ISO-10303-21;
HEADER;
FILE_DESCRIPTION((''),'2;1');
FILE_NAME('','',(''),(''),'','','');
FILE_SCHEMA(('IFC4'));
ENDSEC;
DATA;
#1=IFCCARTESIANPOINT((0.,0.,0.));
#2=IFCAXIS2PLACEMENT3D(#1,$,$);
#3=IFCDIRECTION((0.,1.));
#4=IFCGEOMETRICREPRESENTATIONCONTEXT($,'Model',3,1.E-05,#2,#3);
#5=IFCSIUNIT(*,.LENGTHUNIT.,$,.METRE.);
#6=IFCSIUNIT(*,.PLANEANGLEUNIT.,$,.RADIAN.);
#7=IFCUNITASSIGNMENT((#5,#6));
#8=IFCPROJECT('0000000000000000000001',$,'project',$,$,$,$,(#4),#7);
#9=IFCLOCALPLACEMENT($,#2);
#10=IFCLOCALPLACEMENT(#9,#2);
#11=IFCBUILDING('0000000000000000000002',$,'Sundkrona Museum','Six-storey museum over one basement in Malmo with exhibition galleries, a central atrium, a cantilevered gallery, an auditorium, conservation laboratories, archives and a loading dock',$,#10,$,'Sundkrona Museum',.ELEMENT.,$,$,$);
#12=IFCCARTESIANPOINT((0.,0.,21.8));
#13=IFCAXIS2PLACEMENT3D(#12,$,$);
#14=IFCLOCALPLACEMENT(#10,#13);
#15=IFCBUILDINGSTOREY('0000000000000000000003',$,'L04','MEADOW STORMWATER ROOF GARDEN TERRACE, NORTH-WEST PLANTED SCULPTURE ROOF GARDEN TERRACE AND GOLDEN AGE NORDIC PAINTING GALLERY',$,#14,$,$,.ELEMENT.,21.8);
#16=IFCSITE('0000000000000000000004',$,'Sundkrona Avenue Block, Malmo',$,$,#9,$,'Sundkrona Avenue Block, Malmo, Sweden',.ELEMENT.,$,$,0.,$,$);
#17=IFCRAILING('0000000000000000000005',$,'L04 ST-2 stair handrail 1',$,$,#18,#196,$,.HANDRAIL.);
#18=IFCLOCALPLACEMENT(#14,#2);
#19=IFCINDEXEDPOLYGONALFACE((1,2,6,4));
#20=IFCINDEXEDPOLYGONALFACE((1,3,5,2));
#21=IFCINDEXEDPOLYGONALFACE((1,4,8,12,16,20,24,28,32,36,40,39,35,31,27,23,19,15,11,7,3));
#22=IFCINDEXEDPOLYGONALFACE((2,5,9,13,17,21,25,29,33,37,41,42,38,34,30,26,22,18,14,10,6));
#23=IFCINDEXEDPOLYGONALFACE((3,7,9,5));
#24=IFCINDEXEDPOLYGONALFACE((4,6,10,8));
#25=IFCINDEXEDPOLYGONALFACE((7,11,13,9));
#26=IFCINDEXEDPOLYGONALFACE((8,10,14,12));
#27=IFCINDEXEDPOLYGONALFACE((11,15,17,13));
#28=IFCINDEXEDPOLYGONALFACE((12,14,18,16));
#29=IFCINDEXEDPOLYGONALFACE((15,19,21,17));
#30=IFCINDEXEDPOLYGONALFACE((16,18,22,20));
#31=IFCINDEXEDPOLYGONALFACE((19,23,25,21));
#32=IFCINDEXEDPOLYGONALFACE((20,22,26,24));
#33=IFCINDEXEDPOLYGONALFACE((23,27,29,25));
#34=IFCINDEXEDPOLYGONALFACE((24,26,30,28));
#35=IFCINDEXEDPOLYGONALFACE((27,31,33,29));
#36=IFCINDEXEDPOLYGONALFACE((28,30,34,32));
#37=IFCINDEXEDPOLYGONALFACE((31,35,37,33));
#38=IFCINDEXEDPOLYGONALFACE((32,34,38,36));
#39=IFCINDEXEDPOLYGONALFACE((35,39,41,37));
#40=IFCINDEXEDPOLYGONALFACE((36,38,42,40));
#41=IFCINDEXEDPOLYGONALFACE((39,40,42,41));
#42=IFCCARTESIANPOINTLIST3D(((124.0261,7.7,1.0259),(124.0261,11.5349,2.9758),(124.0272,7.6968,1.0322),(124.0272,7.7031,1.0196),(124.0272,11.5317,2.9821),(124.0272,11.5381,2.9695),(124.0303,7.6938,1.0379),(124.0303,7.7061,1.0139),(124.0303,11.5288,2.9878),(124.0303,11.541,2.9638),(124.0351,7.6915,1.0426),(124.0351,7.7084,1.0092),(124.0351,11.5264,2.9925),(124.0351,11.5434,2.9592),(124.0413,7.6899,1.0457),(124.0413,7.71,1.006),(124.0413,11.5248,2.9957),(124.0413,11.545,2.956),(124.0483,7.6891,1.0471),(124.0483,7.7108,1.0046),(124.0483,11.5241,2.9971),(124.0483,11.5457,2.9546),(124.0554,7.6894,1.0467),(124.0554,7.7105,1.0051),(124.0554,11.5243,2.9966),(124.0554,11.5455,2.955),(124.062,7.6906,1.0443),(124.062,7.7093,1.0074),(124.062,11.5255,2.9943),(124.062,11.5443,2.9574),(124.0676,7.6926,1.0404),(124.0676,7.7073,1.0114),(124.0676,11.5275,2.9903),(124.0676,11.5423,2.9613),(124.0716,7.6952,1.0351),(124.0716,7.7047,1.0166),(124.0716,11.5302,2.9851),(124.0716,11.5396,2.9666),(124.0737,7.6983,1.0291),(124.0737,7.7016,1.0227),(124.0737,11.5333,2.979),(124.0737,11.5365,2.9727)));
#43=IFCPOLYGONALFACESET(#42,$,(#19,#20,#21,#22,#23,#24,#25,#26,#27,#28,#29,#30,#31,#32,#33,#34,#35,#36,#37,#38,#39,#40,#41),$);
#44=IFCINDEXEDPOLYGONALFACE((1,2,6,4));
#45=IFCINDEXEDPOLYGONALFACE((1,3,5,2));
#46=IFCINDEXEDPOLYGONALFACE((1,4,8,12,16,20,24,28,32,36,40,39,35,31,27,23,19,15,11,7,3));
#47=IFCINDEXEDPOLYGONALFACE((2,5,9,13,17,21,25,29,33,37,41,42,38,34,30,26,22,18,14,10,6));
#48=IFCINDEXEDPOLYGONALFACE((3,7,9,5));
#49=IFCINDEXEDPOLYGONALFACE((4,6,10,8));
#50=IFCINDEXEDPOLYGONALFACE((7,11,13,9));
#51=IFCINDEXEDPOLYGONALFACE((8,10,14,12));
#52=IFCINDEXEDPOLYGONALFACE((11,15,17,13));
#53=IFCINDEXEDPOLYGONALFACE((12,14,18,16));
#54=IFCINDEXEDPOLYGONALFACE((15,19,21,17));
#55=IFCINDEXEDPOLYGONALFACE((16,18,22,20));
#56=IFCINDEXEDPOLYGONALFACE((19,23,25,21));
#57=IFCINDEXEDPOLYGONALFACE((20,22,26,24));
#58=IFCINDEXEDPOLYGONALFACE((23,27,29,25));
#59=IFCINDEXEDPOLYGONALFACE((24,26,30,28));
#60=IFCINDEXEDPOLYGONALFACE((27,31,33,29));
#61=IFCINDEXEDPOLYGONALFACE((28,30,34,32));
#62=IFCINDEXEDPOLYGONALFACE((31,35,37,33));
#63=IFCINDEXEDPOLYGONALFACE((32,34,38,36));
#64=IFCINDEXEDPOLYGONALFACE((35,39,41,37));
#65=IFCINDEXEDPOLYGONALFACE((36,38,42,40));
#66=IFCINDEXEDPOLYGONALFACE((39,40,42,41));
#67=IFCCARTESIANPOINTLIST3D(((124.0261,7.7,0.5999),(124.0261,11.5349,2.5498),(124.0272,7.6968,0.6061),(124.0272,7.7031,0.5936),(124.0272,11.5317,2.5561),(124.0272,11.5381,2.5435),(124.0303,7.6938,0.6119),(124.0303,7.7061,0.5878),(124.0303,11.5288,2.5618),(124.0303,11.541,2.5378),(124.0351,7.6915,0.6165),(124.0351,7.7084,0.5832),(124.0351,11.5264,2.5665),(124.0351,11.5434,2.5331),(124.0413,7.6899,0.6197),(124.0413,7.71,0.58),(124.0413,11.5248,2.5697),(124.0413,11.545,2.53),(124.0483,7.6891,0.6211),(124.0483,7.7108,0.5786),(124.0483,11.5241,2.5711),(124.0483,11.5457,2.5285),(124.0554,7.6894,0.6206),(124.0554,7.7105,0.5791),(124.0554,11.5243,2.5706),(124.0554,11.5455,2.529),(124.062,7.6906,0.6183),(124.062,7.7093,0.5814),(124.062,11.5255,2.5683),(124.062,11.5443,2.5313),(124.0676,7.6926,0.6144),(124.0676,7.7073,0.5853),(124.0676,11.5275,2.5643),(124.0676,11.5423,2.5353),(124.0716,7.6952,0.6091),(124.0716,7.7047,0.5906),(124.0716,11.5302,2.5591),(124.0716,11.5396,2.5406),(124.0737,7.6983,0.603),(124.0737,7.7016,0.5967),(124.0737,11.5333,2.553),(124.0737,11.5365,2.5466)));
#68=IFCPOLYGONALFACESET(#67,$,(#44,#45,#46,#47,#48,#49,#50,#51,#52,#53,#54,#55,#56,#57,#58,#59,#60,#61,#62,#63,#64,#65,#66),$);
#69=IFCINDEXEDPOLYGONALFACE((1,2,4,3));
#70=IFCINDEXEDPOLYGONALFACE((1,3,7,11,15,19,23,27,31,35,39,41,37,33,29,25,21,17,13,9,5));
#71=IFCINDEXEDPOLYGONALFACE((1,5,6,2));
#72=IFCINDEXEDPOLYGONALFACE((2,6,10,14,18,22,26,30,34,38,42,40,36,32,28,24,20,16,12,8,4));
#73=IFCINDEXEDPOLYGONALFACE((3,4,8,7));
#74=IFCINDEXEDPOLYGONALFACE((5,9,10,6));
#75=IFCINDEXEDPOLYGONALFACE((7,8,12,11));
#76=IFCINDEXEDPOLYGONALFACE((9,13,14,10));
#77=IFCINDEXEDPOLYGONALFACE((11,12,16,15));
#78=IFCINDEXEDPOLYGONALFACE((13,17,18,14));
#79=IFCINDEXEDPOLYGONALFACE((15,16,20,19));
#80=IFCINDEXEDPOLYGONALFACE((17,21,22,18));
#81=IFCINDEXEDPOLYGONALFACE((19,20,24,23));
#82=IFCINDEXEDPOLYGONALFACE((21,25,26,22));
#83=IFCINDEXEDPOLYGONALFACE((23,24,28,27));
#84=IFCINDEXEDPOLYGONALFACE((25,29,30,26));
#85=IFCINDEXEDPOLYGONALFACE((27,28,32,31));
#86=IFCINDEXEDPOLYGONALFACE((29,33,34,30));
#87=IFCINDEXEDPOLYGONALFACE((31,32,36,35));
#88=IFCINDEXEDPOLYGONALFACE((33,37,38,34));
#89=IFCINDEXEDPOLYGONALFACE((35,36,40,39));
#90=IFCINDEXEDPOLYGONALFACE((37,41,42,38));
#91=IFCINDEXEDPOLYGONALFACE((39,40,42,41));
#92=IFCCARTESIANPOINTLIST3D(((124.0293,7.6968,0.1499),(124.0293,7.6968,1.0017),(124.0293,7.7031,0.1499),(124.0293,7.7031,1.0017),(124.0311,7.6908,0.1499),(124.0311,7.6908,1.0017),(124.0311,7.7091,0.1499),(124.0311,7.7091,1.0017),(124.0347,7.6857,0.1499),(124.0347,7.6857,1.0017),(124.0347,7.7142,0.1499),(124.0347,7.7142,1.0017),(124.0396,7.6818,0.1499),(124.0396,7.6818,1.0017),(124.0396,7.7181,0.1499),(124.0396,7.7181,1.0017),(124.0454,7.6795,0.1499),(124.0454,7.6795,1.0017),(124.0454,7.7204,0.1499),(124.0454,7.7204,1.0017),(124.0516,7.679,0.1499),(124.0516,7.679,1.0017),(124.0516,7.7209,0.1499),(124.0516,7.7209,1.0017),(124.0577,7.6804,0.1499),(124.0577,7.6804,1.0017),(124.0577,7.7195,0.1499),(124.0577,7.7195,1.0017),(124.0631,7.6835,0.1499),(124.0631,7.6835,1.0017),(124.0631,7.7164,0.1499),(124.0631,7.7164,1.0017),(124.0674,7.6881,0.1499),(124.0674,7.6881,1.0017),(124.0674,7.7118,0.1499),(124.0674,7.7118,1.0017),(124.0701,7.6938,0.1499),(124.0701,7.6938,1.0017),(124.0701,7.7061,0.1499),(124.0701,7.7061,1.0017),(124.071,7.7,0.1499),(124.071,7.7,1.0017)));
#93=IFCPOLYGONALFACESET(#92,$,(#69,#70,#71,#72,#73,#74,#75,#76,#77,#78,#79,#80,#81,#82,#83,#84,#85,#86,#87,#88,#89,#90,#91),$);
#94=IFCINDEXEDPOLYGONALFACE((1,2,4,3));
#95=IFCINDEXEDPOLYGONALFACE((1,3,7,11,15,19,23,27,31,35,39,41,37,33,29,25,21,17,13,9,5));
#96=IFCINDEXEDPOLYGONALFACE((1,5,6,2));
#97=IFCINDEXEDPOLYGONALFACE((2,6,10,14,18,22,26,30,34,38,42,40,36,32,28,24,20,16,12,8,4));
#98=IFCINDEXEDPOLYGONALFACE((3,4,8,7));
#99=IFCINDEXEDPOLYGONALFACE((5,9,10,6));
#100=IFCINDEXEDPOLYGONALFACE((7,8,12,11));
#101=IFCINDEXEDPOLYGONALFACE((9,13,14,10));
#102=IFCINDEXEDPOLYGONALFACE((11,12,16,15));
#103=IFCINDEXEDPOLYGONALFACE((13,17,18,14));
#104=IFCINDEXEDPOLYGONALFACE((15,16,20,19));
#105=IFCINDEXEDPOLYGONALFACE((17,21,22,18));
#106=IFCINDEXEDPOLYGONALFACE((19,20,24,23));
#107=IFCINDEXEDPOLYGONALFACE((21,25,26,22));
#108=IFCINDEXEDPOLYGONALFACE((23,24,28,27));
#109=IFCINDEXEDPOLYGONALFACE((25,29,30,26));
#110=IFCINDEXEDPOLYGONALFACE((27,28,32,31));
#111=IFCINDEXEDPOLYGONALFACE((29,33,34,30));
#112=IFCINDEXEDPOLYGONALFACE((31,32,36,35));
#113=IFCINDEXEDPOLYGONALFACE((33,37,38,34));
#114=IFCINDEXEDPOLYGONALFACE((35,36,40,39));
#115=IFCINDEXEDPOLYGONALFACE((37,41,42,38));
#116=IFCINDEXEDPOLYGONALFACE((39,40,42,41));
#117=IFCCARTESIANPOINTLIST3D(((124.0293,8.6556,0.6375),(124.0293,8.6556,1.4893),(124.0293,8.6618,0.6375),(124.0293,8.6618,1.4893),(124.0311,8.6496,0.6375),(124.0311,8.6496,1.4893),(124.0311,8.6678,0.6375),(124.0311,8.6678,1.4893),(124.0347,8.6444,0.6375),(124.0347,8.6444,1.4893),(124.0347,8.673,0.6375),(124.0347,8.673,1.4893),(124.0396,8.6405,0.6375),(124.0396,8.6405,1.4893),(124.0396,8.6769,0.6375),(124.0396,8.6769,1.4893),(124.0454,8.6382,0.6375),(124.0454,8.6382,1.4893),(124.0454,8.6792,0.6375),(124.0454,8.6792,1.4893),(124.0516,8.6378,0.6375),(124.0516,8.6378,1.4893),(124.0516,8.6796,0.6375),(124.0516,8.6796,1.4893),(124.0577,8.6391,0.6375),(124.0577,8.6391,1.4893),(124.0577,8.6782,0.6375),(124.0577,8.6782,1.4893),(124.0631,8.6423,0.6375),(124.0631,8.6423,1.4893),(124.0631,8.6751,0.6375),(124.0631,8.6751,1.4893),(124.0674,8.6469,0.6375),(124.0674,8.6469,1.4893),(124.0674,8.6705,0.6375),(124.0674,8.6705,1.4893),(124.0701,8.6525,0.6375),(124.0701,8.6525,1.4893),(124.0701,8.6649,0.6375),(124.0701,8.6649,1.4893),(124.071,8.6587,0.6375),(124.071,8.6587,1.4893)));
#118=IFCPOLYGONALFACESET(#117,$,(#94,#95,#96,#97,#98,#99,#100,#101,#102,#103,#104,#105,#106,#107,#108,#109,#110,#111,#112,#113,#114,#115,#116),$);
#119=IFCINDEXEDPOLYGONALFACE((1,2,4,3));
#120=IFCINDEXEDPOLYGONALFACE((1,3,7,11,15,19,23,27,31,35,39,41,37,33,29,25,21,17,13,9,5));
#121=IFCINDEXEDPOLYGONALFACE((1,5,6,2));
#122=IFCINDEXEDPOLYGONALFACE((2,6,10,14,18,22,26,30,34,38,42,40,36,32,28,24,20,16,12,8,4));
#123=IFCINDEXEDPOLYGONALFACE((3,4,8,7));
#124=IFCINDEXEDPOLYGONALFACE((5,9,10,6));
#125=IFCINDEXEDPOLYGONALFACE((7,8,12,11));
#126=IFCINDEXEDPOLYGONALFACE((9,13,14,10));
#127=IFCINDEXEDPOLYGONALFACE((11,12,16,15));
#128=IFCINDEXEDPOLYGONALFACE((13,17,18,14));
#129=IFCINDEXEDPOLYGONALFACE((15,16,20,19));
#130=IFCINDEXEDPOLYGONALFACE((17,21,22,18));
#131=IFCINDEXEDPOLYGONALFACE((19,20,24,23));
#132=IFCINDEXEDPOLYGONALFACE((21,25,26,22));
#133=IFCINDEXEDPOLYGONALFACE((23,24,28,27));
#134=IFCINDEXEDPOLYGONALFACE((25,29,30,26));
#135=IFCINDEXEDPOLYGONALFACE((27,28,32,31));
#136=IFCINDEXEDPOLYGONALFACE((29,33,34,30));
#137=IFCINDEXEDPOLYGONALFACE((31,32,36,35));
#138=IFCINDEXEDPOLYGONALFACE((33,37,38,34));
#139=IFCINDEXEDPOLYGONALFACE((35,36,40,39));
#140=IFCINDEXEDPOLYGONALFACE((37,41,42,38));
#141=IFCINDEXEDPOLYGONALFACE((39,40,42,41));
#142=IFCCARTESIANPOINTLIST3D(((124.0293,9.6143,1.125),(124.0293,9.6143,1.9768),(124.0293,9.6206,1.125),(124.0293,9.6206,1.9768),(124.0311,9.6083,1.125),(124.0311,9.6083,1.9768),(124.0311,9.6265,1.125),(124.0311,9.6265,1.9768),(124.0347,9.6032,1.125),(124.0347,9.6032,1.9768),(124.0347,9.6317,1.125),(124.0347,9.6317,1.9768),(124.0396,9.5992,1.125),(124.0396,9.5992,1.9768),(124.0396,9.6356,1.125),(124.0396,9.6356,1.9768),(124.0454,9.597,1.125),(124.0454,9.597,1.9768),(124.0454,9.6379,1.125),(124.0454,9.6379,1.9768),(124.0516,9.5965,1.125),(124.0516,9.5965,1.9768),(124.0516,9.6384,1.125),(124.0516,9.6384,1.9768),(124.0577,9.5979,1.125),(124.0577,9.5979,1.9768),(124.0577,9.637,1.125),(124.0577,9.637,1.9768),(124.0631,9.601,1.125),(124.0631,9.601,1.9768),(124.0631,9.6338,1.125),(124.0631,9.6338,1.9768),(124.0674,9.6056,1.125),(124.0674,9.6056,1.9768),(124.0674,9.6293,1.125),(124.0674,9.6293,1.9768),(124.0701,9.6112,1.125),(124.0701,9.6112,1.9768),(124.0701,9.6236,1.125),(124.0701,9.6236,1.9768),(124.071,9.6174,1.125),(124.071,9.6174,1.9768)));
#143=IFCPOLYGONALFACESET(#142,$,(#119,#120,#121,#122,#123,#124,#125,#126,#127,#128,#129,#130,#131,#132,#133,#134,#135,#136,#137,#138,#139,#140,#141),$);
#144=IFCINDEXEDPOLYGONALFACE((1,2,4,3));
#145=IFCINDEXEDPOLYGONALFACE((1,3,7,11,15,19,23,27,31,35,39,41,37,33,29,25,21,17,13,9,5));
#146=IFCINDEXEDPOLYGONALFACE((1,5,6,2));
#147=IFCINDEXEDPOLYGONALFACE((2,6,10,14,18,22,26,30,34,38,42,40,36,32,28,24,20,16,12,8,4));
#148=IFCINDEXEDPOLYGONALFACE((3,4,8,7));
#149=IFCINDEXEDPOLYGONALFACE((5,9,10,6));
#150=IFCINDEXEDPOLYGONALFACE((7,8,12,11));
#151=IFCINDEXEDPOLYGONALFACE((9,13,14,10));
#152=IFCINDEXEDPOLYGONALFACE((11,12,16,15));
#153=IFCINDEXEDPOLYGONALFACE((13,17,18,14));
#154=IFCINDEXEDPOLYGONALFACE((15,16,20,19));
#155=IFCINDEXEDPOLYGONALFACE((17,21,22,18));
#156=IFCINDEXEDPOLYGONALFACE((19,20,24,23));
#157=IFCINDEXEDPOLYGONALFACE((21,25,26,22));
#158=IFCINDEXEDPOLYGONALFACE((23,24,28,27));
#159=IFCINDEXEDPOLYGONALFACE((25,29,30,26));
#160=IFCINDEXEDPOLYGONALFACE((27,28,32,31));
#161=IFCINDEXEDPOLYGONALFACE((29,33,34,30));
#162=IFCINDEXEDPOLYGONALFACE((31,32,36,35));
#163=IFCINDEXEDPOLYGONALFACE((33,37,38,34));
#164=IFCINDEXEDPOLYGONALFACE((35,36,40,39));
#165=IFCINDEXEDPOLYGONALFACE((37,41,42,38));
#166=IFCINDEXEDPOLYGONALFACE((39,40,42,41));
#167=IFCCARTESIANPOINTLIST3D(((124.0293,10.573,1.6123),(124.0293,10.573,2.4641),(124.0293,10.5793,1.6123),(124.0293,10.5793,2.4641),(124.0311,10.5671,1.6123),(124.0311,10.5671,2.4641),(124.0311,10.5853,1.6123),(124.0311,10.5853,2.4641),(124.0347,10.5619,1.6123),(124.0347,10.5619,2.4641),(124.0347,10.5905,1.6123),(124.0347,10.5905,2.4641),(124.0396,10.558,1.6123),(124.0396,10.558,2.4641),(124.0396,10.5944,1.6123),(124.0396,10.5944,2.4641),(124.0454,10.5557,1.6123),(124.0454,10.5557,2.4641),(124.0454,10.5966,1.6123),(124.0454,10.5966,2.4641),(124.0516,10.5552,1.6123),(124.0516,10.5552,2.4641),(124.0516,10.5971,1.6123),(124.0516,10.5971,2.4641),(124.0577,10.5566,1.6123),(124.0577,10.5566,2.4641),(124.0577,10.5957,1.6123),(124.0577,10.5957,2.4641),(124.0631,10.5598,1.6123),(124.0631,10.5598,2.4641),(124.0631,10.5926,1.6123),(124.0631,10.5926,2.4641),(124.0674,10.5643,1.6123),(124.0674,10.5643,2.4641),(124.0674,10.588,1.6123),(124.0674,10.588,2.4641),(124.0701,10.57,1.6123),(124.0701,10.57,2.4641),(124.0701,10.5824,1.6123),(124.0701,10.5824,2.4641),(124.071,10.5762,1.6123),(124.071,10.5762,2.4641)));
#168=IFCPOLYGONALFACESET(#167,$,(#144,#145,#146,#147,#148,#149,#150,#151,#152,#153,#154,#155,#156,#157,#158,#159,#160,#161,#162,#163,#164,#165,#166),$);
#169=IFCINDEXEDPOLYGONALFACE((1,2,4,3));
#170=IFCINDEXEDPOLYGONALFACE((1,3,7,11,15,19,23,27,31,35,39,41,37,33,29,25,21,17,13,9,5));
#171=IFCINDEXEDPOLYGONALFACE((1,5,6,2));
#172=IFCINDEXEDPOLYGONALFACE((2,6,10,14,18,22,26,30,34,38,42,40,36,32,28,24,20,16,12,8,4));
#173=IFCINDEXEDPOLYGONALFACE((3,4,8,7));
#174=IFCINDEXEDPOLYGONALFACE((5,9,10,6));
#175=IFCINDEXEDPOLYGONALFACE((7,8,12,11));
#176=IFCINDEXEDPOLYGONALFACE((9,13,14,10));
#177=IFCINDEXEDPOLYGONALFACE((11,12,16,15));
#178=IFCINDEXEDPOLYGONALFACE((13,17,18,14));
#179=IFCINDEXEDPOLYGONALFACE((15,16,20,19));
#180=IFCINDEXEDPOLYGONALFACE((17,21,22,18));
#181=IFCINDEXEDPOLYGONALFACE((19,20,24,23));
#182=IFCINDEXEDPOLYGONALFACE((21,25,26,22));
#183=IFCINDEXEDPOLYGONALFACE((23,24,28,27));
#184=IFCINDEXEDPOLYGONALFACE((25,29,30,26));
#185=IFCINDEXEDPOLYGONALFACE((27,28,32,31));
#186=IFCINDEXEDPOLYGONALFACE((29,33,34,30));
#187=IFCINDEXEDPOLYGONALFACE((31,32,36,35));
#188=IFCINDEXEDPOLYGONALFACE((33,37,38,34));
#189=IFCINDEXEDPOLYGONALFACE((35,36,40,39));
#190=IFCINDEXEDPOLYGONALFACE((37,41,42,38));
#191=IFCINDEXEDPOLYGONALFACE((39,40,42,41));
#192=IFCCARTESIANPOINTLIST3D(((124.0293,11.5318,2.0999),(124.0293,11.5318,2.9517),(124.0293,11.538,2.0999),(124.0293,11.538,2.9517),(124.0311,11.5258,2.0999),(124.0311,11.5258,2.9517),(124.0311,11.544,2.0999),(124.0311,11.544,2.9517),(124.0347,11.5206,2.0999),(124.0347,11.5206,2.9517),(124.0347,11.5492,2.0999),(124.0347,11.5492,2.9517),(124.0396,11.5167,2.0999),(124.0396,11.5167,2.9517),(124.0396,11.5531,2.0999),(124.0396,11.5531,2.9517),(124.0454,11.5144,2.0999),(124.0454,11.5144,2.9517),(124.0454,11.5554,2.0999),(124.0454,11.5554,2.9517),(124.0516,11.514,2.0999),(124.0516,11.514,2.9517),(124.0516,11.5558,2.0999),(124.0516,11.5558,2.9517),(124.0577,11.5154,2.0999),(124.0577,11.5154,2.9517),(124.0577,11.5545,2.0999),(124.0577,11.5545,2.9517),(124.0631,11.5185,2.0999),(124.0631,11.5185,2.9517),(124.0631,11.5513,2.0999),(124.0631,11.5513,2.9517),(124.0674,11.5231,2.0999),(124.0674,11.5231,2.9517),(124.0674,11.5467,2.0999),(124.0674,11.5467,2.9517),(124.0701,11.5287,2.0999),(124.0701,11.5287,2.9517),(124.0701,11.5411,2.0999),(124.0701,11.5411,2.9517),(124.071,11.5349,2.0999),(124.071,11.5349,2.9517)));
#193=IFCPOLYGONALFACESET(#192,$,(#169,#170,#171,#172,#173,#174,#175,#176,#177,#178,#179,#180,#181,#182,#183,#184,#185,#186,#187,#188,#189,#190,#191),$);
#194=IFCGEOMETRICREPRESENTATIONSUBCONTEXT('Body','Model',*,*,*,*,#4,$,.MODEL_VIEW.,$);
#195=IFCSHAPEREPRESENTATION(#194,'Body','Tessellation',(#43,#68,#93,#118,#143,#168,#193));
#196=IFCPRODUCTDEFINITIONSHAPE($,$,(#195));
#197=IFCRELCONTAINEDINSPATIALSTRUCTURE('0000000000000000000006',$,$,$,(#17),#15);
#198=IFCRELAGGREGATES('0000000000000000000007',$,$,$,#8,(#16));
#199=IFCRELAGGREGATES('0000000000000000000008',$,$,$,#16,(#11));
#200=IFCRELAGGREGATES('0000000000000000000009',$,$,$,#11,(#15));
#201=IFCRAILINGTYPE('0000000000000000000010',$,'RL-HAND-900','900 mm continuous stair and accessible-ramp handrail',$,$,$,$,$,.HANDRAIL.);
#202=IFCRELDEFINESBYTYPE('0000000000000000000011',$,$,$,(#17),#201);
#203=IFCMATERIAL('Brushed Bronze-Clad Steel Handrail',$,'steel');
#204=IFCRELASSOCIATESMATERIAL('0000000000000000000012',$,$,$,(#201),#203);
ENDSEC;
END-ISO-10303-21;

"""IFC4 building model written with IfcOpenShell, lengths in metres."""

from ifc_helpers import new_model, si_unit, direction, frame, origin, origin_2d, place, context, subcontext, project, spatial, circle, extrude, material, type_object, element, save


model = new_model("IFC4")

# Units and contexts
model_context = context("Model", 3, precision=1e-05, world=origin(), true_north=direction((0.0, 1.0)))
body_context = subcontext(model_context, "Body", "Model", "MODEL_VIEW")
ifc_project = project(units=[si_unit("LENGTHUNIT", "METRE"), si_unit("PLANEANGLEUNIT", "RADIAN")], contexts=[model_context])

# Site, building, storey
site_placement = place(None, origin())
site = spatial("IfcSite", under=ifc_project, at=site_placement, Name="Sundkrona Avenue Block, Malmo", LongName="Sundkrona Avenue Block, Malmo, Sweden", CompositionType="ELEMENT", RefElevation=0.0)
building_placement = place(site_placement, origin())
building = spatial("IfcBuilding", under=site, at=building_placement, Name="Sundkrona Museum", Description="Six-storey museum over one basement in Malmo with exhibition galleries, a central atrium, a cantilevered gallery, an auditorium, conservation laboratories, archives and a loading dock", LongName="Sundkrona Museum", CompositionType="ELEMENT")
storey_placement = place(building_placement, frame((0.0, 0.0, 21.8)))
storey = spatial("IfcBuildingStorey", under=building, at=storey_placement, Name="L04", Description="MEADOW STORMWATER ROOF GARDEN TERRACE, NORTH-WEST PLANTED SCULPTURE ROOF GARDEN TERRACE AND GOLDEN AGE NORDIC PAINTING GALLERY", CompositionType="ELEMENT", Elevation=21.8)

# Railing
ifc_material_1 = material(Name="Brushed Bronze-Clad Steel Handrail", Category="steel")
railing_type_1 = type_object("IfcRailingType", Name="RL-HAND-900", Description="900 mm continuous stair and accessible-ramp handrail", PredefinedType="HANDRAIL", material=ifc_material_1)
railing_1_placement = place(storey_placement, frame((124.05, 7.7, 0.1499)))
element("IfcRailing", 1, at=railing_1_placement, inside=storey, type_object=railing_type_1, Name="L04 ST-2 stair handrail 1", PredefinedType="HANDRAIL", context=body_context, shape_type="SweptSolid", body=[
    extrude(circle(Radius=0.0239, at=origin_2d()), frame((0.0, 0.0, 0.876), z_axis=(0.0, 0.891388, 0.453241), x_axis=(-1.0, 0.0, 0.0)), (0.0, 0.0, 1.0), 4.3022),
    extrude(circle(Radius=0.0239, at=origin_2d()), frame((0.0, 0.0, 0.45), z_axis=(0.0, 0.891388, 0.453241), x_axis=(-1.0, 0.0, 0.0)), (0.0, 0.0, 1.0), 4.3022),
    extrude(circle(Radius=0.021, at=origin_2d()), origin(), (0.0, 0.0, 1.0), 0.8518),
    extrude(circle(Radius=0.021, at=origin_2d()), frame((0.0, 0.9587, 0.4875)), (0.0, 0.0, 1.0), 0.8518),
    extrude(circle(Radius=0.021, at=origin_2d()), frame((0.0, 1.9175, 0.9751)), (0.0, 0.0, 1.0), 0.8518),
    extrude(circle(Radius=0.021, at=origin_2d()), frame((0.0, 2.8762, 1.4624)), (0.0, 0.0, 1.0), 0.8518),
    extrude(circle(Radius=0.021, at=origin_2d()), frame((0.0, 3.835, 1.95)), (0.0, 0.0, 1.0), 0.8518),
])

save(model, "model.ifc")
